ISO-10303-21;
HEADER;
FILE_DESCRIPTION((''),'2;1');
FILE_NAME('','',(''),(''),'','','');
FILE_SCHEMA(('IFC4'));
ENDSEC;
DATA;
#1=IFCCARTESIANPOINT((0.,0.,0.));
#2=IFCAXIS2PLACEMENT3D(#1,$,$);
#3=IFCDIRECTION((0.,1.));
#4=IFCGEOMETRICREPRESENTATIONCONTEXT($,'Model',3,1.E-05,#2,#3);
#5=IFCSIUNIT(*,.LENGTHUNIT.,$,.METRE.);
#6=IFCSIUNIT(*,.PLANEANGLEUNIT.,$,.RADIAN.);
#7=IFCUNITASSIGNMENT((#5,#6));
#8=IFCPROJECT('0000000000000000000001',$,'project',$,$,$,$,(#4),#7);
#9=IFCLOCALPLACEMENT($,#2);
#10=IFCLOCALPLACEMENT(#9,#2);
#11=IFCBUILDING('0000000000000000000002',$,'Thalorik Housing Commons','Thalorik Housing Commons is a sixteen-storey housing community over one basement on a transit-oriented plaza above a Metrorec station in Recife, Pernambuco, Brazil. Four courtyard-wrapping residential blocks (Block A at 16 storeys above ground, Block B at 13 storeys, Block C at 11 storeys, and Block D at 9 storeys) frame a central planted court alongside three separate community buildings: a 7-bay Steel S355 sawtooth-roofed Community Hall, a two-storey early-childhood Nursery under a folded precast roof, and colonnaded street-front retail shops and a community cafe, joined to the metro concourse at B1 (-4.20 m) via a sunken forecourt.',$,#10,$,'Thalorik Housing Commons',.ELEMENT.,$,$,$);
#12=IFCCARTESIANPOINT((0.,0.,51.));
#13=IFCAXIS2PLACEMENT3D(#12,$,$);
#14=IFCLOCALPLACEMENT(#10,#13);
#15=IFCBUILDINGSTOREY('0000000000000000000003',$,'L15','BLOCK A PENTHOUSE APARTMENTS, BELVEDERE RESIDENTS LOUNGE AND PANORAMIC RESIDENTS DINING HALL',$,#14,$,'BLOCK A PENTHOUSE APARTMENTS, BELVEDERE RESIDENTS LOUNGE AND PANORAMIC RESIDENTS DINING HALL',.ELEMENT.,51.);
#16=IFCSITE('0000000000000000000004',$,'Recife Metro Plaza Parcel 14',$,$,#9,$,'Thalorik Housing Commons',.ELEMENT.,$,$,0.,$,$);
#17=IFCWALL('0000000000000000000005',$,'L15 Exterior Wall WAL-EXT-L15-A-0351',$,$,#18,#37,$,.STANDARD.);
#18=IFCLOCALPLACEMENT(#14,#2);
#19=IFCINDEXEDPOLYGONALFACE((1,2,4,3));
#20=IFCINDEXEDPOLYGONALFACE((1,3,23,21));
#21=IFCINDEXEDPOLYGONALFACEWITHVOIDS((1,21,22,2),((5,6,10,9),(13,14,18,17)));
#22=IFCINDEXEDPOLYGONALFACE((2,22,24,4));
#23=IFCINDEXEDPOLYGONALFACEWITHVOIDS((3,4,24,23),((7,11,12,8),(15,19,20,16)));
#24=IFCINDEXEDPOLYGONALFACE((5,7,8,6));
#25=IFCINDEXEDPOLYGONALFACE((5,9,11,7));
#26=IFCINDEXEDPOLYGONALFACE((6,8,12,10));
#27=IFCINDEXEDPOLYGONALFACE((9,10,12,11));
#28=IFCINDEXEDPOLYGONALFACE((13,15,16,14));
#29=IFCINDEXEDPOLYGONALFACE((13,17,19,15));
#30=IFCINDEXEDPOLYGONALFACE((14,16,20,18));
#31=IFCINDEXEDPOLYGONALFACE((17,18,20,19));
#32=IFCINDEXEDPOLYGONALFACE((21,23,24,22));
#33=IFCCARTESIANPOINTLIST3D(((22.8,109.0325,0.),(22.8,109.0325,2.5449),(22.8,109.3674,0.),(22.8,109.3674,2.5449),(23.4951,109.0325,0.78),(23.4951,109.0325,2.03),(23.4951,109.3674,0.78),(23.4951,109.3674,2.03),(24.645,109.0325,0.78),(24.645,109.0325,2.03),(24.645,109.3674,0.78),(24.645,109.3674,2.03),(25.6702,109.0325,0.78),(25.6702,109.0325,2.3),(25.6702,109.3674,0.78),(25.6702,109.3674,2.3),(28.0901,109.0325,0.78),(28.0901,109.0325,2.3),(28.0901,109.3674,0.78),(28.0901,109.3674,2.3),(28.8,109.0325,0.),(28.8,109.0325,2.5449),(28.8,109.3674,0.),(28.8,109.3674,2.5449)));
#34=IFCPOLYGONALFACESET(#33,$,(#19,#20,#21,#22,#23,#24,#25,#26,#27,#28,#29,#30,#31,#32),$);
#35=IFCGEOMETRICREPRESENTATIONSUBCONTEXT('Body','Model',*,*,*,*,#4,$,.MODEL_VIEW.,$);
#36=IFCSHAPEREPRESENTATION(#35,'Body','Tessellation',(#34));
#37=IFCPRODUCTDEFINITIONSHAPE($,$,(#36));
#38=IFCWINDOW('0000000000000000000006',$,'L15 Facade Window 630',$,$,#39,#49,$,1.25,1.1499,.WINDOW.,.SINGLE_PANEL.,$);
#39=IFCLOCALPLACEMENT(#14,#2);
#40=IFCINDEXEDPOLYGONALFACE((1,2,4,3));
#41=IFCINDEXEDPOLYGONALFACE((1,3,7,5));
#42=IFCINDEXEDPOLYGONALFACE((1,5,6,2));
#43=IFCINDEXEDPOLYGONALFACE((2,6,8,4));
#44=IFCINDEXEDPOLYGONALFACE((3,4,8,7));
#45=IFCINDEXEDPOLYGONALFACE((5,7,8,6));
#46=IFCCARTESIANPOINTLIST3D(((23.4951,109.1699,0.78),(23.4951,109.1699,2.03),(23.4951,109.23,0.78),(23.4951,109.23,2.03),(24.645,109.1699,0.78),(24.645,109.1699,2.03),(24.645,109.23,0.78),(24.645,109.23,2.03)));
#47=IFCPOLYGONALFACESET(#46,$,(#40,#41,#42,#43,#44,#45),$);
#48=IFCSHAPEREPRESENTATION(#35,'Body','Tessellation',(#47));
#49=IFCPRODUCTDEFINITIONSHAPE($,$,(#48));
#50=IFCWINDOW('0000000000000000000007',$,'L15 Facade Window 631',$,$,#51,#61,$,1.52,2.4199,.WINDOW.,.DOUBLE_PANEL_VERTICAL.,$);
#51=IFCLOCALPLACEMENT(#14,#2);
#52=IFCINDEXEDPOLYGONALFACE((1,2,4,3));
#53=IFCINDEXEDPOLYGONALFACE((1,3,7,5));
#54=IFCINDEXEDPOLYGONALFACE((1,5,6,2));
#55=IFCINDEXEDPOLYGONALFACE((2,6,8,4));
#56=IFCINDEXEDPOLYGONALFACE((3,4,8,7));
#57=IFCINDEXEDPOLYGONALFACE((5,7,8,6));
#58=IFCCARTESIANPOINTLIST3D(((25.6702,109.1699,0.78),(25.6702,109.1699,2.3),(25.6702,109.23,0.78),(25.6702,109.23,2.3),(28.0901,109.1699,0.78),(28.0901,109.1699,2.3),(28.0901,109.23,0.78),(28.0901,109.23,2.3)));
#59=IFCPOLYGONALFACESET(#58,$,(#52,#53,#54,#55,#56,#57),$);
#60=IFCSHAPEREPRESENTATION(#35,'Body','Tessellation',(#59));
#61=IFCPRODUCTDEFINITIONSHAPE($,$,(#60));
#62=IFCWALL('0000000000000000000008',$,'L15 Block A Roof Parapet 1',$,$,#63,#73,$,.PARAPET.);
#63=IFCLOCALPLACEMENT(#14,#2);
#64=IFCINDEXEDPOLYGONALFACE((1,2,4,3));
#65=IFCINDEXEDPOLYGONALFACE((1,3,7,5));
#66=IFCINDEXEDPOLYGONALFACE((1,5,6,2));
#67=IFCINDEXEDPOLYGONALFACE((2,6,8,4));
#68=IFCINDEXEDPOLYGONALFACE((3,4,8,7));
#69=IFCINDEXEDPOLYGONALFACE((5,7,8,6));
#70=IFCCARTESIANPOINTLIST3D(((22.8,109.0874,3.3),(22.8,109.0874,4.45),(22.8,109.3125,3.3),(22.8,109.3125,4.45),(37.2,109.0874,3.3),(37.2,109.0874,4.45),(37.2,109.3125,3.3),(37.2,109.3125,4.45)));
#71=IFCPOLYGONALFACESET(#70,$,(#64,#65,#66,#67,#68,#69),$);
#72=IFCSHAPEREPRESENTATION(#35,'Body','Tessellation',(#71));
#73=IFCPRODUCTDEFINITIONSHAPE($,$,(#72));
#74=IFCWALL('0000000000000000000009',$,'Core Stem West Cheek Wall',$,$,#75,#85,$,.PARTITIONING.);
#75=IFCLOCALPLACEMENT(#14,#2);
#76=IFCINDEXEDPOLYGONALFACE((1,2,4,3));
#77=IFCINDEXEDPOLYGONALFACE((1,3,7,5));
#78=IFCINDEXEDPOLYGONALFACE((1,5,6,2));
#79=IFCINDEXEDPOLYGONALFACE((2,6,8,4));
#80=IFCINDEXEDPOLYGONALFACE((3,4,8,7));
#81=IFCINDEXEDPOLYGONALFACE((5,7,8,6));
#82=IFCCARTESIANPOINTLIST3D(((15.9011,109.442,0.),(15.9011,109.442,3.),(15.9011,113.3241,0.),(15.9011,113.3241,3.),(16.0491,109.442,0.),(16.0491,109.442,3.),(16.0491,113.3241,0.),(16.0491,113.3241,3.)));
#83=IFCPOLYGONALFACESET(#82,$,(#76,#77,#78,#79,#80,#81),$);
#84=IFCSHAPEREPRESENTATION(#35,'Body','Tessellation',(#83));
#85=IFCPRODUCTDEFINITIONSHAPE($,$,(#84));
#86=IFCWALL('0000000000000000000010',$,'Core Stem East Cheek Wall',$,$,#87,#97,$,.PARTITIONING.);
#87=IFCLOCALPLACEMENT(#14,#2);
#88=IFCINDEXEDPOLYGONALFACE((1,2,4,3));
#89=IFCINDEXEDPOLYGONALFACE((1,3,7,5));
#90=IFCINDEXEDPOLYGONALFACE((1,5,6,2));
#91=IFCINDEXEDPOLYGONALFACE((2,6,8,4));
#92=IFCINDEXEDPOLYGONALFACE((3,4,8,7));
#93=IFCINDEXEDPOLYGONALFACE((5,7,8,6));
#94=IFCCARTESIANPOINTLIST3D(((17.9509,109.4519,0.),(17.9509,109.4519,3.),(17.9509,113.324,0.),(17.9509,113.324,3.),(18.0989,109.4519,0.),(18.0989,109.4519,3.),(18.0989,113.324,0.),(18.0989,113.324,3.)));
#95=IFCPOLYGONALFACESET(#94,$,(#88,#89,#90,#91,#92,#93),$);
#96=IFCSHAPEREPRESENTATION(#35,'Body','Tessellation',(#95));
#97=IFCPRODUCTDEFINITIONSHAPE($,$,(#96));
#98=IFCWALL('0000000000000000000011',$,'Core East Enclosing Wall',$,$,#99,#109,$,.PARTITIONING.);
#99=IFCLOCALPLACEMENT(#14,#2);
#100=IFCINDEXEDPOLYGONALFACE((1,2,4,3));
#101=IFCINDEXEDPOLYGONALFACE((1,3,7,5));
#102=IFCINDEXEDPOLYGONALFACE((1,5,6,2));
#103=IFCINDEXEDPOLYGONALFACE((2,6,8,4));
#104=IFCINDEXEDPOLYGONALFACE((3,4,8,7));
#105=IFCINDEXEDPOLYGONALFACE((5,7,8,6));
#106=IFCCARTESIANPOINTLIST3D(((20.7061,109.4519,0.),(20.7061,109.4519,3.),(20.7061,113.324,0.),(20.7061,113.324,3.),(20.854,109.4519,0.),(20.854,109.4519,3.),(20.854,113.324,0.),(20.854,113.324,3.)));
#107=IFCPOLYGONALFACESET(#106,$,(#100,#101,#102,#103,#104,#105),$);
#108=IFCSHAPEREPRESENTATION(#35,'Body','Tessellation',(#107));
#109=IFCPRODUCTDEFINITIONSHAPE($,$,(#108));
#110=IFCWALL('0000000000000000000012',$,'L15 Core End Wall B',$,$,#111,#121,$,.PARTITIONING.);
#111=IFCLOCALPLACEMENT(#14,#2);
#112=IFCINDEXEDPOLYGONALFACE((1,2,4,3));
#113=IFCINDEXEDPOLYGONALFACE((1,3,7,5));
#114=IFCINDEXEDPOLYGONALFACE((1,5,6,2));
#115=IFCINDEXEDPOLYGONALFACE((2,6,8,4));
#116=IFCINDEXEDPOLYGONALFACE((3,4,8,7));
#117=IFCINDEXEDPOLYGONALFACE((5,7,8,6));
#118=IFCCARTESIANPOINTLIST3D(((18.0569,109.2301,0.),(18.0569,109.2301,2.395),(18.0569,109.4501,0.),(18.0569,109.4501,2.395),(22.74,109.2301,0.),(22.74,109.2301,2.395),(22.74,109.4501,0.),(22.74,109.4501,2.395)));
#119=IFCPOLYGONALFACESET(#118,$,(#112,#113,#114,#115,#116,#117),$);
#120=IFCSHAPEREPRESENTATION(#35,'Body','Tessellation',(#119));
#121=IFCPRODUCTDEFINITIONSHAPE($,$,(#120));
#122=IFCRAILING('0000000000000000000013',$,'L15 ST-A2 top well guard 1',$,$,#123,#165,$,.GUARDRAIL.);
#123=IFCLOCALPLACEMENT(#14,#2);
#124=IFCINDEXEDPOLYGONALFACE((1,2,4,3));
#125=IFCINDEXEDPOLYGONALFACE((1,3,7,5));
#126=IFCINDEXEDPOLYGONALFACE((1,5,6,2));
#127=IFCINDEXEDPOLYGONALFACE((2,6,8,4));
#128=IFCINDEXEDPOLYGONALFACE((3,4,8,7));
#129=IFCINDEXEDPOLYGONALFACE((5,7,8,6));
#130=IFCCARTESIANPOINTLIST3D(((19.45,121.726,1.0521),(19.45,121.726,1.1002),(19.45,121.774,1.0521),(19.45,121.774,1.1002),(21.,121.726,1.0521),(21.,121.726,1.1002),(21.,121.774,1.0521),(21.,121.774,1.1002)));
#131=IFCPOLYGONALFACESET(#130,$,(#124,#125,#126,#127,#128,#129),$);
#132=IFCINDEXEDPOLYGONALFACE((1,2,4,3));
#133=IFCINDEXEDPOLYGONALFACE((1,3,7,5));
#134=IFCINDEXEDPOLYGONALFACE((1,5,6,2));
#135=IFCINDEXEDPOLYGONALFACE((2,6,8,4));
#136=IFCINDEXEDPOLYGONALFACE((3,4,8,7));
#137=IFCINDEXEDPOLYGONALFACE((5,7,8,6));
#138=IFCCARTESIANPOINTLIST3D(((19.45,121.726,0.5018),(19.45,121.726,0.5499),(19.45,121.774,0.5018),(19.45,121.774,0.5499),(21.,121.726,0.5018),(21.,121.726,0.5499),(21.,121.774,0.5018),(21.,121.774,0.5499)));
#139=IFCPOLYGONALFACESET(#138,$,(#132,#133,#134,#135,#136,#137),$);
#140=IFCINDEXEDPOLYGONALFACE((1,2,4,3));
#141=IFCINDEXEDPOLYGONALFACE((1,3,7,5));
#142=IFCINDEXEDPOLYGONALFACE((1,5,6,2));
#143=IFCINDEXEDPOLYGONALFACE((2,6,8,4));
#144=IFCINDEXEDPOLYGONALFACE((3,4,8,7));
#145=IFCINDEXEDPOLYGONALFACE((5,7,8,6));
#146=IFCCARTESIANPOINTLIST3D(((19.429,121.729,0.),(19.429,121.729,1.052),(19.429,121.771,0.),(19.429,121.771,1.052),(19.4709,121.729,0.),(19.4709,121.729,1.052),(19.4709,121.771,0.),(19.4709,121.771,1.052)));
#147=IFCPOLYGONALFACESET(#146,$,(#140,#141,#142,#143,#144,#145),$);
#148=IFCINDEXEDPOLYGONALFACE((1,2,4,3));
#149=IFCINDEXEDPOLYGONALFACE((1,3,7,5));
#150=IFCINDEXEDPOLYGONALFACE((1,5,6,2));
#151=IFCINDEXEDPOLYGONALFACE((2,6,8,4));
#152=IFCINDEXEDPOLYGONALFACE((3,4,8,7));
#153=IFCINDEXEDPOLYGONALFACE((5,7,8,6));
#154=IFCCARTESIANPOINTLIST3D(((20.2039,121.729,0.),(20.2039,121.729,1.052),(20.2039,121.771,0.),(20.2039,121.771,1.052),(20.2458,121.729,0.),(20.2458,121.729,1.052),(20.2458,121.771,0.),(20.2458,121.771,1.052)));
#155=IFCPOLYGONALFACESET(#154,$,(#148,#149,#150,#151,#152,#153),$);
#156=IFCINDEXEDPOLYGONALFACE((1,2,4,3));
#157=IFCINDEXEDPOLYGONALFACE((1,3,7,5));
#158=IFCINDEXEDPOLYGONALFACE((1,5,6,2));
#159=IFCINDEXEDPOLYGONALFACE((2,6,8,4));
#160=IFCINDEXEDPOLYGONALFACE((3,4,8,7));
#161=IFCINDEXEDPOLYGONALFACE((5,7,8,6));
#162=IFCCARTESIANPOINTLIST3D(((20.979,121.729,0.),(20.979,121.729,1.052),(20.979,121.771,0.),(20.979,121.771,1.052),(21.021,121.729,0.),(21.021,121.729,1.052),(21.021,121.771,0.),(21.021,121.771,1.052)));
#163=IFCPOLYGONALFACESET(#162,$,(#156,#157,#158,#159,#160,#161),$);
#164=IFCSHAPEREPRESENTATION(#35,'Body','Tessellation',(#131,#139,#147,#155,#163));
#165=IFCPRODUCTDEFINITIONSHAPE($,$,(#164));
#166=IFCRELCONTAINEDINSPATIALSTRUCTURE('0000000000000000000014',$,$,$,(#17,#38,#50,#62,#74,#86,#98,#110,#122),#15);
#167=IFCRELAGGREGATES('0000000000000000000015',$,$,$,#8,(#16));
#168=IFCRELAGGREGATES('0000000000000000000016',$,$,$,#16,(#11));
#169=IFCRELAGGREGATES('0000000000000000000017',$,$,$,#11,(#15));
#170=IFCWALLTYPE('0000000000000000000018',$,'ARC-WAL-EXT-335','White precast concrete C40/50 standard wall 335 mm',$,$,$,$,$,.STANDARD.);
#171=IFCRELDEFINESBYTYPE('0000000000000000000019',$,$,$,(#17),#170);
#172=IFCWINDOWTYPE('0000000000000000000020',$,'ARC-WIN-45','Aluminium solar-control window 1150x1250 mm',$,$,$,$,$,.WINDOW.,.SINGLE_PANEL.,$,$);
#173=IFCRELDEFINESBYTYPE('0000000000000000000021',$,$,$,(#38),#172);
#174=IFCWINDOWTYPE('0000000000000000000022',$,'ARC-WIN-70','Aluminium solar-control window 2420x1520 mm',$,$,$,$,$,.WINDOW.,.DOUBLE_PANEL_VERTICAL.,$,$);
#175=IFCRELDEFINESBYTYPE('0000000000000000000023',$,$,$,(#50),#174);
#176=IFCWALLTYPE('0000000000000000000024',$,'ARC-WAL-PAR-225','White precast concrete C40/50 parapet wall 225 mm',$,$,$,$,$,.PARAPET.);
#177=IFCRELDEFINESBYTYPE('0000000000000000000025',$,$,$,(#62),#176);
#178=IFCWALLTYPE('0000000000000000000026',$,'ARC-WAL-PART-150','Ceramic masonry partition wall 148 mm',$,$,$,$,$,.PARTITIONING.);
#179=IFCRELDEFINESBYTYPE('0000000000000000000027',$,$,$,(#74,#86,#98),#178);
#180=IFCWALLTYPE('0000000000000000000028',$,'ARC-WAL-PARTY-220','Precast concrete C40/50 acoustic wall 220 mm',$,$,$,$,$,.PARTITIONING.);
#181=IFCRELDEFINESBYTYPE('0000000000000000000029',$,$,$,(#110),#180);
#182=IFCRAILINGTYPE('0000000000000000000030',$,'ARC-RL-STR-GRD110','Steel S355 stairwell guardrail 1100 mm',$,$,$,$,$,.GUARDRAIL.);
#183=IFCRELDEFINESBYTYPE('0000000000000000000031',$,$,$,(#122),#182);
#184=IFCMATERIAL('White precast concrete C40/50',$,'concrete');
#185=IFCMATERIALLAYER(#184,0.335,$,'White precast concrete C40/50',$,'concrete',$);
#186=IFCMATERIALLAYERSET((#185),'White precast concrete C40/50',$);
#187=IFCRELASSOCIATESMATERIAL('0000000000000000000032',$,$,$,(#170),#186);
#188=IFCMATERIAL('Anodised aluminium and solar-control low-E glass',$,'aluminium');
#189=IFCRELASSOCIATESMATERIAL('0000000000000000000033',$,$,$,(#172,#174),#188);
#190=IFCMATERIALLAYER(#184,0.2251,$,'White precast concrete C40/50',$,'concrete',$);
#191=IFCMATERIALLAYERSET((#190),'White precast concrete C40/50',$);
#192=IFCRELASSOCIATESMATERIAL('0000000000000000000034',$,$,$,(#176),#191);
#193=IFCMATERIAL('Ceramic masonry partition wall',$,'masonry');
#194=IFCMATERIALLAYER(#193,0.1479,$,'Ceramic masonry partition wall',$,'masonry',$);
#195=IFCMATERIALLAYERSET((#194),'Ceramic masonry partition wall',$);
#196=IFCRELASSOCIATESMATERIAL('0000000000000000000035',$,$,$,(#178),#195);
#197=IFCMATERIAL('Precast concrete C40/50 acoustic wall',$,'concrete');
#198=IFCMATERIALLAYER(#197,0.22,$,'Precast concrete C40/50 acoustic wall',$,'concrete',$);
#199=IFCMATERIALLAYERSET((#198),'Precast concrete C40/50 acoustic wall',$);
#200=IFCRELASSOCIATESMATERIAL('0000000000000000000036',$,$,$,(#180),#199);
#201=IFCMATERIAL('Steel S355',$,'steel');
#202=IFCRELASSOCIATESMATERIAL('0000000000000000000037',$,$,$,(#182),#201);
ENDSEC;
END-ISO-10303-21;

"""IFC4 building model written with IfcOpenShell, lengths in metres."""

from ifc_helpers import new_model, si_unit, direction, frame, frame_2d, origin, origin_2d, place, context, subcontext, project, spatial, rectangle, extrude, material, layer, layer_set, type_object, element, fill, save


model = new_model("IFC4")

# Units and contexts
model_context = context("Model", 3, precision=1e-05, world=origin(), true_north=direction((0.0, 1.0)))
body_context = subcontext(model_context, "Body", "Model", "MODEL_VIEW")
ifc_project = project(units=[si_unit("LENGTHUNIT", "METRE"), si_unit("PLANEANGLEUNIT", "RADIAN")], contexts=[model_context])

# Site, building, storey
site_placement = place(None, origin())
site = spatial("IfcSite", under=ifc_project, at=site_placement, Name="Recife Metro Plaza Parcel 14", LongName="Thalorik Housing Commons", CompositionType="ELEMENT", RefElevation=0.0)
building_placement = place(site_placement, origin())
building = spatial("IfcBuilding", under=site, at=building_placement, Name="Thalorik Housing Commons", Description="Thalorik Housing Commons is a sixteen-storey housing community over one basement on a transit-oriented plaza above a Metrorec station in Recife, Pernambuco, Brazil. Four courtyard-wrapping residential blocks (Block A at 16 storeys above ground, Block B at 13 storeys, Block C at 11 storeys, and Block D at 9 storeys) frame a central planted court alongside three separate community buildings: a 7-bay Steel S355 sawtooth-roofed Community Hall, a two-storey early-childhood Nursery under a folded precast roof, and colonnaded street-front retail shops and a community cafe, joined to the metro concourse at B1 (-4.20 m) via a sunken forecourt.", LongName="Thalorik Housing Commons", CompositionType="ELEMENT")
storey_placement = place(building_placement, frame((0.0, 0.0, 51.0)))
storey = spatial("IfcBuildingStorey", under=building, at=storey_placement, Name="L15", Description="BLOCK A PENTHOUSE APARTMENTS, BELVEDERE RESIDENTS LOUNGE AND PANORAMIC RESIDENTS DINING HALL", LongName="BLOCK A PENTHOUSE APARTMENTS, BELVEDERE RESIDENTS LOUNGE AND PANORAMIC RESIDENTS DINING HALL", CompositionType="ELEMENT", Elevation=51.0)

# Shared definitions
ifc_material_1 = material(Name="Steel S355", Category="steel")

# Wall, openings, windows
ifc_material_2 = material(Name="White precast concrete C40/50", Category="concrete")
ifc_layer_1 = layer(ifc_material_2, 0.335, Name="White precast concrete C40/50", Category="concrete")
ifc_layer_set_1 = layer_set([ifc_layer_1], Name="White precast concrete C40/50")
wall_type_1 = type_object("IfcWallType", Name="ARC-WAL-EXT-335", Description="White precast concrete C40/50 standard wall 335 mm", PredefinedType="STANDARD", material=ifc_layer_set_1)
wall_1_placement = place(storey_placement, frame((22.8, 109.2, 0.0), z_axis=(0.0, 0.0, 1.0), x_axis=(1.0, 0.0, 0.0)))
wall_1 = element("IfcWall", 1, at=wall_1_placement, inside=storey, type_object=wall_type_1, Name="L15 Exterior Wall WAL-EXT-L15-A-0351", PredefinedType="STANDARD", context=body_context, shape_type="SweptSolid", body=[
    extrude(rectangle(XDim=6.0, YDim=0.335, at=frame_2d((3.0, 0.0))), origin(), (0.0, 0.0, 1.0), 2.5449),
])
opening_1_placement = place(wall_1_placement, frame((0.6951, 0.0, 0.78)))
opening_1 = element("IfcOpeningElement", 2, at=opening_1_placement, cuts=wall_1, PredefinedType="OPENING", context=body_context, shape_type="SweptSolid", body=[
    extrude(rectangle(XDim=1.1499, YDim=1.25, at=frame_2d((0.575, 0.625))), frame((0.0, 0.1775, 0.0), z_axis=(0.0, -1.0, 0.0), x_axis=(1.0, 0.0, 0.0)), (0.0, 0.0, 1.0), 0.355),
])
opening_2_placement = place(wall_1_placement, frame((2.8701, 0.0, 0.78)))
opening_2 = element("IfcOpeningElement", 3, at=opening_2_placement, cuts=wall_1, PredefinedType="OPENING", context=body_context, shape_type="SweptSolid", body=[
    extrude(rectangle(XDim=2.4199, YDim=1.52, at=frame_2d((1.21, 0.76))), frame((0.0, 0.1775, 0.0), z_axis=(0.0, -1.0, 0.0), x_axis=(1.0, 0.0, 0.0)), (0.0, 0.0, 1.0), 0.355),
])
ifc_material_3 = material(Name="Anodised aluminium and solar-control low-E glass", Category="aluminium")
window_type_1 = type_object("IfcWindowType", Name="ARC-WIN-45", Description="Aluminium solar-control window 1150x1250 mm", PartitioningType="SINGLE_PANEL", PredefinedType="WINDOW", material=ifc_material_3)
window_1_placement = place(opening_1_placement, origin())
window_1 = element("IfcWindow", 4, at=window_1_placement, inside=storey, type_object=window_type_1, Name="L15 Facade Window 630", OverallHeight=1.25, OverallWidth=1.1499, PartitioningType="SINGLE_PANEL", PredefinedType="WINDOW", context=body_context, shape_type="SweptSolid", body=[
    extrude(rectangle(XDim=1.1499, YDim=1.25, at=frame_2d((0.575, 0.625))), frame((0.0, 0.03, 0.0), z_axis=(0.0, -1.0, 0.0), x_axis=(1.0, 0.0, 0.0)), (0.0, 0.0, 1.0), 0.0601),
])
fill(opening_1, window_1)
window_type_2 = type_object("IfcWindowType", Name="ARC-WIN-70", Description="Aluminium solar-control window 2420x1520 mm", PartitioningType="DOUBLE_PANEL_VERTICAL", PredefinedType="WINDOW", material=ifc_material_3)
window_2_placement = place(opening_2_placement, origin())
window_2 = element("IfcWindow", 5, at=window_2_placement, inside=storey, type_object=window_type_2, Name="L15 Facade Window 631", OverallHeight=1.52, OverallWidth=2.4199, PartitioningType="DOUBLE_PANEL_VERTICAL", PredefinedType="WINDOW", context=body_context, shape_type="SweptSolid", body=[
    extrude(rectangle(XDim=2.4199, YDim=1.52, at=frame_2d((1.21, 0.76))), frame((0.0, 0.03, 0.0), z_axis=(0.0, -1.0, 0.0), x_axis=(1.0, 0.0, 0.0)), (0.0, 0.0, 1.0), 0.0601),
])
fill(opening_2, window_2)

# Walls
ifc_layer_2 = layer(ifc_material_2, 0.2251, Name="White precast concrete C40/50", Category="concrete")
ifc_layer_set_2 = layer_set([ifc_layer_2], Name="White precast concrete C40/50")
wall_type_2 = type_object("IfcWallType", Name="ARC-WAL-PAR-225", Description="White precast concrete C40/50 parapet wall 225 mm", PredefinedType="PARAPET", material=ifc_layer_set_2)
wall_2_placement = place(storey_placement, frame((22.8, 109.2, 3.3), z_axis=(0.0, 0.0, 1.0), x_axis=(1.0, 0.0, 0.0)))
element("IfcWall", 6, at=wall_2_placement, inside=storey, type_object=wall_type_2, Name="L15 Block A Roof Parapet 1", PredefinedType="PARAPET", context=body_context, shape_type="SweptSolid", body=[
    extrude(rectangle(XDim=14.3999, YDim=0.2251, at=frame_2d((7.2, 0.0))), origin(), (0.0, 0.0, 1.0), 1.1499),
])
ifc_material_4 = material(Name="Ceramic masonry partition wall", Category="masonry")
ifc_layer_3 = layer(ifc_material_4, 0.1479, Name="Ceramic masonry partition wall", Category="masonry")
ifc_layer_set_3 = layer_set([ifc_layer_3], Name="Ceramic masonry partition wall")
wall_type_3 = type_object("IfcWallType", Name="ARC-WAL-PART-150", Description="Ceramic masonry partition wall 148 mm", PredefinedType="PARTITIONING", material=ifc_layer_set_3)
wall_3_placement = place(storey_placement, frame((15.9751, 113.324, 0.0), z_axis=(0.0, 0.0, 1.0), x_axis=(0.0, -1.0, 0.0)))
element("IfcWall", 7, at=wall_3_placement, inside=storey, type_object=wall_type_3, Name="Core Stem West Cheek Wall", PredefinedType="PARTITIONING", context=body_context, shape_type="SweptSolid", body=[
    extrude(rectangle(XDim=3.8821, YDim=0.1479, at=frame_2d((1.9409, 0.0))), origin(), (0.0, 0.0, 1.0), 3.0),
])
for number, where, z_axis, x_axis, name in (
    (8, (18.0249, 113.324, 0.0), (0.0, 0.0, 1.0), (0.0, -1.0, 0.0), "Core Stem East Cheek Wall"),
    (9, (20.78, 113.324, 0.0), (0.0, 0.0, 1.0), (0.0, -1.0, 0.0), "Core East Enclosing Wall"),
):
    element("IfcWall", number, at=place(storey_placement, frame(where, z_axis=z_axis, x_axis=x_axis)), inside=storey, type_object=wall_type_3, Name=name, PredefinedType="PARTITIONING", context=body_context, shape_type="SweptSolid", body=[
        extrude(rectangle(XDim=3.8721, YDim=0.1479, at=frame_2d((1.936, 0.0))), origin(), (0.0, 0.0, 1.0), 3.0),
    ])

# Wall
ifc_material_5 = material(Name="Precast concrete C40/50 acoustic wall", Category="concrete")
ifc_layer_4 = layer(ifc_material_5, 0.22, Name="Precast concrete C40/50 acoustic wall", Category="concrete")
ifc_layer_set_4 = layer_set([ifc_layer_4], Name="Precast concrete C40/50 acoustic wall")
wall_type_4 = type_object("IfcWallType", Name="ARC-WAL-PARTY-220", Description="Precast concrete C40/50 acoustic wall 220 mm", PredefinedType="PARTITIONING", material=ifc_layer_set_4)
wall_4_placement = place(storey_placement, frame((18.0569, 109.3401, 0.0), z_axis=(0.0, 0.0, 1.0), x_axis=(1.0, 0.0, 0.0)))
element("IfcWall", 10, at=wall_4_placement, inside=storey, type_object=wall_type_4, Name="L15 Core End Wall B", PredefinedType="PARTITIONING", context=body_context, shape_type="SweptSolid", body=[
    extrude(rectangle(XDim=4.6831, YDim=0.22, at=frame_2d((2.3416, 0.0))), origin(), (0.0, 0.0, 1.0), 2.395),
])

# Railing
railing_type = type_object("IfcRailingType", Name="ARC-RL-STR-GRD110", Description="Steel S355 stairwell guardrail 1100 mm", PredefinedType="GUARDRAIL", material=ifc_material_1)
railing_placement = place(storey_placement, frame((19.45, 121.75, 0.0)))
element("IfcRailing", 11, at=railing_placement, inside=storey, type_object=railing_type, Name="L15 ST-A2 top well guard 1", PredefinedType="GUARDRAIL", context=body_context, shape_type="SweptSolid", body=[
    extrude(rectangle(XDim=0.0481, YDim=0.0481, at=origin_2d()), frame((0.0, 0.0, 1.0762), z_axis=(1.0, 0.0, 0.0), x_axis=(0.0, 1.0, 0.0)), (0.0, 0.0, 1.0), 1.55),
    extrude(rectangle(XDim=0.0481, YDim=0.0481, at=origin_2d()), frame((0.0, 0.0, 0.5259), z_axis=(1.0, 0.0, 0.0), x_axis=(0.0, 1.0, 0.0)), (0.0, 0.0, 1.0), 1.55),
    extrude(rectangle(XDim=0.042, YDim=0.042, at=origin_2d()), origin(), (0.0, 0.0, 1.0), 1.052),
    extrude(rectangle(XDim=0.042, YDim=0.042, at=origin_2d()), frame((0.7749, 0.0, 0.0)), (0.0, 0.0, 1.0), 1.052),
    extrude(rectangle(XDim=0.042, YDim=0.042, at=origin_2d()), frame((1.55, 0.0, 0.0)), (0.0, 0.0, 1.0), 1.052),
])

save(model, "model.ifc")
